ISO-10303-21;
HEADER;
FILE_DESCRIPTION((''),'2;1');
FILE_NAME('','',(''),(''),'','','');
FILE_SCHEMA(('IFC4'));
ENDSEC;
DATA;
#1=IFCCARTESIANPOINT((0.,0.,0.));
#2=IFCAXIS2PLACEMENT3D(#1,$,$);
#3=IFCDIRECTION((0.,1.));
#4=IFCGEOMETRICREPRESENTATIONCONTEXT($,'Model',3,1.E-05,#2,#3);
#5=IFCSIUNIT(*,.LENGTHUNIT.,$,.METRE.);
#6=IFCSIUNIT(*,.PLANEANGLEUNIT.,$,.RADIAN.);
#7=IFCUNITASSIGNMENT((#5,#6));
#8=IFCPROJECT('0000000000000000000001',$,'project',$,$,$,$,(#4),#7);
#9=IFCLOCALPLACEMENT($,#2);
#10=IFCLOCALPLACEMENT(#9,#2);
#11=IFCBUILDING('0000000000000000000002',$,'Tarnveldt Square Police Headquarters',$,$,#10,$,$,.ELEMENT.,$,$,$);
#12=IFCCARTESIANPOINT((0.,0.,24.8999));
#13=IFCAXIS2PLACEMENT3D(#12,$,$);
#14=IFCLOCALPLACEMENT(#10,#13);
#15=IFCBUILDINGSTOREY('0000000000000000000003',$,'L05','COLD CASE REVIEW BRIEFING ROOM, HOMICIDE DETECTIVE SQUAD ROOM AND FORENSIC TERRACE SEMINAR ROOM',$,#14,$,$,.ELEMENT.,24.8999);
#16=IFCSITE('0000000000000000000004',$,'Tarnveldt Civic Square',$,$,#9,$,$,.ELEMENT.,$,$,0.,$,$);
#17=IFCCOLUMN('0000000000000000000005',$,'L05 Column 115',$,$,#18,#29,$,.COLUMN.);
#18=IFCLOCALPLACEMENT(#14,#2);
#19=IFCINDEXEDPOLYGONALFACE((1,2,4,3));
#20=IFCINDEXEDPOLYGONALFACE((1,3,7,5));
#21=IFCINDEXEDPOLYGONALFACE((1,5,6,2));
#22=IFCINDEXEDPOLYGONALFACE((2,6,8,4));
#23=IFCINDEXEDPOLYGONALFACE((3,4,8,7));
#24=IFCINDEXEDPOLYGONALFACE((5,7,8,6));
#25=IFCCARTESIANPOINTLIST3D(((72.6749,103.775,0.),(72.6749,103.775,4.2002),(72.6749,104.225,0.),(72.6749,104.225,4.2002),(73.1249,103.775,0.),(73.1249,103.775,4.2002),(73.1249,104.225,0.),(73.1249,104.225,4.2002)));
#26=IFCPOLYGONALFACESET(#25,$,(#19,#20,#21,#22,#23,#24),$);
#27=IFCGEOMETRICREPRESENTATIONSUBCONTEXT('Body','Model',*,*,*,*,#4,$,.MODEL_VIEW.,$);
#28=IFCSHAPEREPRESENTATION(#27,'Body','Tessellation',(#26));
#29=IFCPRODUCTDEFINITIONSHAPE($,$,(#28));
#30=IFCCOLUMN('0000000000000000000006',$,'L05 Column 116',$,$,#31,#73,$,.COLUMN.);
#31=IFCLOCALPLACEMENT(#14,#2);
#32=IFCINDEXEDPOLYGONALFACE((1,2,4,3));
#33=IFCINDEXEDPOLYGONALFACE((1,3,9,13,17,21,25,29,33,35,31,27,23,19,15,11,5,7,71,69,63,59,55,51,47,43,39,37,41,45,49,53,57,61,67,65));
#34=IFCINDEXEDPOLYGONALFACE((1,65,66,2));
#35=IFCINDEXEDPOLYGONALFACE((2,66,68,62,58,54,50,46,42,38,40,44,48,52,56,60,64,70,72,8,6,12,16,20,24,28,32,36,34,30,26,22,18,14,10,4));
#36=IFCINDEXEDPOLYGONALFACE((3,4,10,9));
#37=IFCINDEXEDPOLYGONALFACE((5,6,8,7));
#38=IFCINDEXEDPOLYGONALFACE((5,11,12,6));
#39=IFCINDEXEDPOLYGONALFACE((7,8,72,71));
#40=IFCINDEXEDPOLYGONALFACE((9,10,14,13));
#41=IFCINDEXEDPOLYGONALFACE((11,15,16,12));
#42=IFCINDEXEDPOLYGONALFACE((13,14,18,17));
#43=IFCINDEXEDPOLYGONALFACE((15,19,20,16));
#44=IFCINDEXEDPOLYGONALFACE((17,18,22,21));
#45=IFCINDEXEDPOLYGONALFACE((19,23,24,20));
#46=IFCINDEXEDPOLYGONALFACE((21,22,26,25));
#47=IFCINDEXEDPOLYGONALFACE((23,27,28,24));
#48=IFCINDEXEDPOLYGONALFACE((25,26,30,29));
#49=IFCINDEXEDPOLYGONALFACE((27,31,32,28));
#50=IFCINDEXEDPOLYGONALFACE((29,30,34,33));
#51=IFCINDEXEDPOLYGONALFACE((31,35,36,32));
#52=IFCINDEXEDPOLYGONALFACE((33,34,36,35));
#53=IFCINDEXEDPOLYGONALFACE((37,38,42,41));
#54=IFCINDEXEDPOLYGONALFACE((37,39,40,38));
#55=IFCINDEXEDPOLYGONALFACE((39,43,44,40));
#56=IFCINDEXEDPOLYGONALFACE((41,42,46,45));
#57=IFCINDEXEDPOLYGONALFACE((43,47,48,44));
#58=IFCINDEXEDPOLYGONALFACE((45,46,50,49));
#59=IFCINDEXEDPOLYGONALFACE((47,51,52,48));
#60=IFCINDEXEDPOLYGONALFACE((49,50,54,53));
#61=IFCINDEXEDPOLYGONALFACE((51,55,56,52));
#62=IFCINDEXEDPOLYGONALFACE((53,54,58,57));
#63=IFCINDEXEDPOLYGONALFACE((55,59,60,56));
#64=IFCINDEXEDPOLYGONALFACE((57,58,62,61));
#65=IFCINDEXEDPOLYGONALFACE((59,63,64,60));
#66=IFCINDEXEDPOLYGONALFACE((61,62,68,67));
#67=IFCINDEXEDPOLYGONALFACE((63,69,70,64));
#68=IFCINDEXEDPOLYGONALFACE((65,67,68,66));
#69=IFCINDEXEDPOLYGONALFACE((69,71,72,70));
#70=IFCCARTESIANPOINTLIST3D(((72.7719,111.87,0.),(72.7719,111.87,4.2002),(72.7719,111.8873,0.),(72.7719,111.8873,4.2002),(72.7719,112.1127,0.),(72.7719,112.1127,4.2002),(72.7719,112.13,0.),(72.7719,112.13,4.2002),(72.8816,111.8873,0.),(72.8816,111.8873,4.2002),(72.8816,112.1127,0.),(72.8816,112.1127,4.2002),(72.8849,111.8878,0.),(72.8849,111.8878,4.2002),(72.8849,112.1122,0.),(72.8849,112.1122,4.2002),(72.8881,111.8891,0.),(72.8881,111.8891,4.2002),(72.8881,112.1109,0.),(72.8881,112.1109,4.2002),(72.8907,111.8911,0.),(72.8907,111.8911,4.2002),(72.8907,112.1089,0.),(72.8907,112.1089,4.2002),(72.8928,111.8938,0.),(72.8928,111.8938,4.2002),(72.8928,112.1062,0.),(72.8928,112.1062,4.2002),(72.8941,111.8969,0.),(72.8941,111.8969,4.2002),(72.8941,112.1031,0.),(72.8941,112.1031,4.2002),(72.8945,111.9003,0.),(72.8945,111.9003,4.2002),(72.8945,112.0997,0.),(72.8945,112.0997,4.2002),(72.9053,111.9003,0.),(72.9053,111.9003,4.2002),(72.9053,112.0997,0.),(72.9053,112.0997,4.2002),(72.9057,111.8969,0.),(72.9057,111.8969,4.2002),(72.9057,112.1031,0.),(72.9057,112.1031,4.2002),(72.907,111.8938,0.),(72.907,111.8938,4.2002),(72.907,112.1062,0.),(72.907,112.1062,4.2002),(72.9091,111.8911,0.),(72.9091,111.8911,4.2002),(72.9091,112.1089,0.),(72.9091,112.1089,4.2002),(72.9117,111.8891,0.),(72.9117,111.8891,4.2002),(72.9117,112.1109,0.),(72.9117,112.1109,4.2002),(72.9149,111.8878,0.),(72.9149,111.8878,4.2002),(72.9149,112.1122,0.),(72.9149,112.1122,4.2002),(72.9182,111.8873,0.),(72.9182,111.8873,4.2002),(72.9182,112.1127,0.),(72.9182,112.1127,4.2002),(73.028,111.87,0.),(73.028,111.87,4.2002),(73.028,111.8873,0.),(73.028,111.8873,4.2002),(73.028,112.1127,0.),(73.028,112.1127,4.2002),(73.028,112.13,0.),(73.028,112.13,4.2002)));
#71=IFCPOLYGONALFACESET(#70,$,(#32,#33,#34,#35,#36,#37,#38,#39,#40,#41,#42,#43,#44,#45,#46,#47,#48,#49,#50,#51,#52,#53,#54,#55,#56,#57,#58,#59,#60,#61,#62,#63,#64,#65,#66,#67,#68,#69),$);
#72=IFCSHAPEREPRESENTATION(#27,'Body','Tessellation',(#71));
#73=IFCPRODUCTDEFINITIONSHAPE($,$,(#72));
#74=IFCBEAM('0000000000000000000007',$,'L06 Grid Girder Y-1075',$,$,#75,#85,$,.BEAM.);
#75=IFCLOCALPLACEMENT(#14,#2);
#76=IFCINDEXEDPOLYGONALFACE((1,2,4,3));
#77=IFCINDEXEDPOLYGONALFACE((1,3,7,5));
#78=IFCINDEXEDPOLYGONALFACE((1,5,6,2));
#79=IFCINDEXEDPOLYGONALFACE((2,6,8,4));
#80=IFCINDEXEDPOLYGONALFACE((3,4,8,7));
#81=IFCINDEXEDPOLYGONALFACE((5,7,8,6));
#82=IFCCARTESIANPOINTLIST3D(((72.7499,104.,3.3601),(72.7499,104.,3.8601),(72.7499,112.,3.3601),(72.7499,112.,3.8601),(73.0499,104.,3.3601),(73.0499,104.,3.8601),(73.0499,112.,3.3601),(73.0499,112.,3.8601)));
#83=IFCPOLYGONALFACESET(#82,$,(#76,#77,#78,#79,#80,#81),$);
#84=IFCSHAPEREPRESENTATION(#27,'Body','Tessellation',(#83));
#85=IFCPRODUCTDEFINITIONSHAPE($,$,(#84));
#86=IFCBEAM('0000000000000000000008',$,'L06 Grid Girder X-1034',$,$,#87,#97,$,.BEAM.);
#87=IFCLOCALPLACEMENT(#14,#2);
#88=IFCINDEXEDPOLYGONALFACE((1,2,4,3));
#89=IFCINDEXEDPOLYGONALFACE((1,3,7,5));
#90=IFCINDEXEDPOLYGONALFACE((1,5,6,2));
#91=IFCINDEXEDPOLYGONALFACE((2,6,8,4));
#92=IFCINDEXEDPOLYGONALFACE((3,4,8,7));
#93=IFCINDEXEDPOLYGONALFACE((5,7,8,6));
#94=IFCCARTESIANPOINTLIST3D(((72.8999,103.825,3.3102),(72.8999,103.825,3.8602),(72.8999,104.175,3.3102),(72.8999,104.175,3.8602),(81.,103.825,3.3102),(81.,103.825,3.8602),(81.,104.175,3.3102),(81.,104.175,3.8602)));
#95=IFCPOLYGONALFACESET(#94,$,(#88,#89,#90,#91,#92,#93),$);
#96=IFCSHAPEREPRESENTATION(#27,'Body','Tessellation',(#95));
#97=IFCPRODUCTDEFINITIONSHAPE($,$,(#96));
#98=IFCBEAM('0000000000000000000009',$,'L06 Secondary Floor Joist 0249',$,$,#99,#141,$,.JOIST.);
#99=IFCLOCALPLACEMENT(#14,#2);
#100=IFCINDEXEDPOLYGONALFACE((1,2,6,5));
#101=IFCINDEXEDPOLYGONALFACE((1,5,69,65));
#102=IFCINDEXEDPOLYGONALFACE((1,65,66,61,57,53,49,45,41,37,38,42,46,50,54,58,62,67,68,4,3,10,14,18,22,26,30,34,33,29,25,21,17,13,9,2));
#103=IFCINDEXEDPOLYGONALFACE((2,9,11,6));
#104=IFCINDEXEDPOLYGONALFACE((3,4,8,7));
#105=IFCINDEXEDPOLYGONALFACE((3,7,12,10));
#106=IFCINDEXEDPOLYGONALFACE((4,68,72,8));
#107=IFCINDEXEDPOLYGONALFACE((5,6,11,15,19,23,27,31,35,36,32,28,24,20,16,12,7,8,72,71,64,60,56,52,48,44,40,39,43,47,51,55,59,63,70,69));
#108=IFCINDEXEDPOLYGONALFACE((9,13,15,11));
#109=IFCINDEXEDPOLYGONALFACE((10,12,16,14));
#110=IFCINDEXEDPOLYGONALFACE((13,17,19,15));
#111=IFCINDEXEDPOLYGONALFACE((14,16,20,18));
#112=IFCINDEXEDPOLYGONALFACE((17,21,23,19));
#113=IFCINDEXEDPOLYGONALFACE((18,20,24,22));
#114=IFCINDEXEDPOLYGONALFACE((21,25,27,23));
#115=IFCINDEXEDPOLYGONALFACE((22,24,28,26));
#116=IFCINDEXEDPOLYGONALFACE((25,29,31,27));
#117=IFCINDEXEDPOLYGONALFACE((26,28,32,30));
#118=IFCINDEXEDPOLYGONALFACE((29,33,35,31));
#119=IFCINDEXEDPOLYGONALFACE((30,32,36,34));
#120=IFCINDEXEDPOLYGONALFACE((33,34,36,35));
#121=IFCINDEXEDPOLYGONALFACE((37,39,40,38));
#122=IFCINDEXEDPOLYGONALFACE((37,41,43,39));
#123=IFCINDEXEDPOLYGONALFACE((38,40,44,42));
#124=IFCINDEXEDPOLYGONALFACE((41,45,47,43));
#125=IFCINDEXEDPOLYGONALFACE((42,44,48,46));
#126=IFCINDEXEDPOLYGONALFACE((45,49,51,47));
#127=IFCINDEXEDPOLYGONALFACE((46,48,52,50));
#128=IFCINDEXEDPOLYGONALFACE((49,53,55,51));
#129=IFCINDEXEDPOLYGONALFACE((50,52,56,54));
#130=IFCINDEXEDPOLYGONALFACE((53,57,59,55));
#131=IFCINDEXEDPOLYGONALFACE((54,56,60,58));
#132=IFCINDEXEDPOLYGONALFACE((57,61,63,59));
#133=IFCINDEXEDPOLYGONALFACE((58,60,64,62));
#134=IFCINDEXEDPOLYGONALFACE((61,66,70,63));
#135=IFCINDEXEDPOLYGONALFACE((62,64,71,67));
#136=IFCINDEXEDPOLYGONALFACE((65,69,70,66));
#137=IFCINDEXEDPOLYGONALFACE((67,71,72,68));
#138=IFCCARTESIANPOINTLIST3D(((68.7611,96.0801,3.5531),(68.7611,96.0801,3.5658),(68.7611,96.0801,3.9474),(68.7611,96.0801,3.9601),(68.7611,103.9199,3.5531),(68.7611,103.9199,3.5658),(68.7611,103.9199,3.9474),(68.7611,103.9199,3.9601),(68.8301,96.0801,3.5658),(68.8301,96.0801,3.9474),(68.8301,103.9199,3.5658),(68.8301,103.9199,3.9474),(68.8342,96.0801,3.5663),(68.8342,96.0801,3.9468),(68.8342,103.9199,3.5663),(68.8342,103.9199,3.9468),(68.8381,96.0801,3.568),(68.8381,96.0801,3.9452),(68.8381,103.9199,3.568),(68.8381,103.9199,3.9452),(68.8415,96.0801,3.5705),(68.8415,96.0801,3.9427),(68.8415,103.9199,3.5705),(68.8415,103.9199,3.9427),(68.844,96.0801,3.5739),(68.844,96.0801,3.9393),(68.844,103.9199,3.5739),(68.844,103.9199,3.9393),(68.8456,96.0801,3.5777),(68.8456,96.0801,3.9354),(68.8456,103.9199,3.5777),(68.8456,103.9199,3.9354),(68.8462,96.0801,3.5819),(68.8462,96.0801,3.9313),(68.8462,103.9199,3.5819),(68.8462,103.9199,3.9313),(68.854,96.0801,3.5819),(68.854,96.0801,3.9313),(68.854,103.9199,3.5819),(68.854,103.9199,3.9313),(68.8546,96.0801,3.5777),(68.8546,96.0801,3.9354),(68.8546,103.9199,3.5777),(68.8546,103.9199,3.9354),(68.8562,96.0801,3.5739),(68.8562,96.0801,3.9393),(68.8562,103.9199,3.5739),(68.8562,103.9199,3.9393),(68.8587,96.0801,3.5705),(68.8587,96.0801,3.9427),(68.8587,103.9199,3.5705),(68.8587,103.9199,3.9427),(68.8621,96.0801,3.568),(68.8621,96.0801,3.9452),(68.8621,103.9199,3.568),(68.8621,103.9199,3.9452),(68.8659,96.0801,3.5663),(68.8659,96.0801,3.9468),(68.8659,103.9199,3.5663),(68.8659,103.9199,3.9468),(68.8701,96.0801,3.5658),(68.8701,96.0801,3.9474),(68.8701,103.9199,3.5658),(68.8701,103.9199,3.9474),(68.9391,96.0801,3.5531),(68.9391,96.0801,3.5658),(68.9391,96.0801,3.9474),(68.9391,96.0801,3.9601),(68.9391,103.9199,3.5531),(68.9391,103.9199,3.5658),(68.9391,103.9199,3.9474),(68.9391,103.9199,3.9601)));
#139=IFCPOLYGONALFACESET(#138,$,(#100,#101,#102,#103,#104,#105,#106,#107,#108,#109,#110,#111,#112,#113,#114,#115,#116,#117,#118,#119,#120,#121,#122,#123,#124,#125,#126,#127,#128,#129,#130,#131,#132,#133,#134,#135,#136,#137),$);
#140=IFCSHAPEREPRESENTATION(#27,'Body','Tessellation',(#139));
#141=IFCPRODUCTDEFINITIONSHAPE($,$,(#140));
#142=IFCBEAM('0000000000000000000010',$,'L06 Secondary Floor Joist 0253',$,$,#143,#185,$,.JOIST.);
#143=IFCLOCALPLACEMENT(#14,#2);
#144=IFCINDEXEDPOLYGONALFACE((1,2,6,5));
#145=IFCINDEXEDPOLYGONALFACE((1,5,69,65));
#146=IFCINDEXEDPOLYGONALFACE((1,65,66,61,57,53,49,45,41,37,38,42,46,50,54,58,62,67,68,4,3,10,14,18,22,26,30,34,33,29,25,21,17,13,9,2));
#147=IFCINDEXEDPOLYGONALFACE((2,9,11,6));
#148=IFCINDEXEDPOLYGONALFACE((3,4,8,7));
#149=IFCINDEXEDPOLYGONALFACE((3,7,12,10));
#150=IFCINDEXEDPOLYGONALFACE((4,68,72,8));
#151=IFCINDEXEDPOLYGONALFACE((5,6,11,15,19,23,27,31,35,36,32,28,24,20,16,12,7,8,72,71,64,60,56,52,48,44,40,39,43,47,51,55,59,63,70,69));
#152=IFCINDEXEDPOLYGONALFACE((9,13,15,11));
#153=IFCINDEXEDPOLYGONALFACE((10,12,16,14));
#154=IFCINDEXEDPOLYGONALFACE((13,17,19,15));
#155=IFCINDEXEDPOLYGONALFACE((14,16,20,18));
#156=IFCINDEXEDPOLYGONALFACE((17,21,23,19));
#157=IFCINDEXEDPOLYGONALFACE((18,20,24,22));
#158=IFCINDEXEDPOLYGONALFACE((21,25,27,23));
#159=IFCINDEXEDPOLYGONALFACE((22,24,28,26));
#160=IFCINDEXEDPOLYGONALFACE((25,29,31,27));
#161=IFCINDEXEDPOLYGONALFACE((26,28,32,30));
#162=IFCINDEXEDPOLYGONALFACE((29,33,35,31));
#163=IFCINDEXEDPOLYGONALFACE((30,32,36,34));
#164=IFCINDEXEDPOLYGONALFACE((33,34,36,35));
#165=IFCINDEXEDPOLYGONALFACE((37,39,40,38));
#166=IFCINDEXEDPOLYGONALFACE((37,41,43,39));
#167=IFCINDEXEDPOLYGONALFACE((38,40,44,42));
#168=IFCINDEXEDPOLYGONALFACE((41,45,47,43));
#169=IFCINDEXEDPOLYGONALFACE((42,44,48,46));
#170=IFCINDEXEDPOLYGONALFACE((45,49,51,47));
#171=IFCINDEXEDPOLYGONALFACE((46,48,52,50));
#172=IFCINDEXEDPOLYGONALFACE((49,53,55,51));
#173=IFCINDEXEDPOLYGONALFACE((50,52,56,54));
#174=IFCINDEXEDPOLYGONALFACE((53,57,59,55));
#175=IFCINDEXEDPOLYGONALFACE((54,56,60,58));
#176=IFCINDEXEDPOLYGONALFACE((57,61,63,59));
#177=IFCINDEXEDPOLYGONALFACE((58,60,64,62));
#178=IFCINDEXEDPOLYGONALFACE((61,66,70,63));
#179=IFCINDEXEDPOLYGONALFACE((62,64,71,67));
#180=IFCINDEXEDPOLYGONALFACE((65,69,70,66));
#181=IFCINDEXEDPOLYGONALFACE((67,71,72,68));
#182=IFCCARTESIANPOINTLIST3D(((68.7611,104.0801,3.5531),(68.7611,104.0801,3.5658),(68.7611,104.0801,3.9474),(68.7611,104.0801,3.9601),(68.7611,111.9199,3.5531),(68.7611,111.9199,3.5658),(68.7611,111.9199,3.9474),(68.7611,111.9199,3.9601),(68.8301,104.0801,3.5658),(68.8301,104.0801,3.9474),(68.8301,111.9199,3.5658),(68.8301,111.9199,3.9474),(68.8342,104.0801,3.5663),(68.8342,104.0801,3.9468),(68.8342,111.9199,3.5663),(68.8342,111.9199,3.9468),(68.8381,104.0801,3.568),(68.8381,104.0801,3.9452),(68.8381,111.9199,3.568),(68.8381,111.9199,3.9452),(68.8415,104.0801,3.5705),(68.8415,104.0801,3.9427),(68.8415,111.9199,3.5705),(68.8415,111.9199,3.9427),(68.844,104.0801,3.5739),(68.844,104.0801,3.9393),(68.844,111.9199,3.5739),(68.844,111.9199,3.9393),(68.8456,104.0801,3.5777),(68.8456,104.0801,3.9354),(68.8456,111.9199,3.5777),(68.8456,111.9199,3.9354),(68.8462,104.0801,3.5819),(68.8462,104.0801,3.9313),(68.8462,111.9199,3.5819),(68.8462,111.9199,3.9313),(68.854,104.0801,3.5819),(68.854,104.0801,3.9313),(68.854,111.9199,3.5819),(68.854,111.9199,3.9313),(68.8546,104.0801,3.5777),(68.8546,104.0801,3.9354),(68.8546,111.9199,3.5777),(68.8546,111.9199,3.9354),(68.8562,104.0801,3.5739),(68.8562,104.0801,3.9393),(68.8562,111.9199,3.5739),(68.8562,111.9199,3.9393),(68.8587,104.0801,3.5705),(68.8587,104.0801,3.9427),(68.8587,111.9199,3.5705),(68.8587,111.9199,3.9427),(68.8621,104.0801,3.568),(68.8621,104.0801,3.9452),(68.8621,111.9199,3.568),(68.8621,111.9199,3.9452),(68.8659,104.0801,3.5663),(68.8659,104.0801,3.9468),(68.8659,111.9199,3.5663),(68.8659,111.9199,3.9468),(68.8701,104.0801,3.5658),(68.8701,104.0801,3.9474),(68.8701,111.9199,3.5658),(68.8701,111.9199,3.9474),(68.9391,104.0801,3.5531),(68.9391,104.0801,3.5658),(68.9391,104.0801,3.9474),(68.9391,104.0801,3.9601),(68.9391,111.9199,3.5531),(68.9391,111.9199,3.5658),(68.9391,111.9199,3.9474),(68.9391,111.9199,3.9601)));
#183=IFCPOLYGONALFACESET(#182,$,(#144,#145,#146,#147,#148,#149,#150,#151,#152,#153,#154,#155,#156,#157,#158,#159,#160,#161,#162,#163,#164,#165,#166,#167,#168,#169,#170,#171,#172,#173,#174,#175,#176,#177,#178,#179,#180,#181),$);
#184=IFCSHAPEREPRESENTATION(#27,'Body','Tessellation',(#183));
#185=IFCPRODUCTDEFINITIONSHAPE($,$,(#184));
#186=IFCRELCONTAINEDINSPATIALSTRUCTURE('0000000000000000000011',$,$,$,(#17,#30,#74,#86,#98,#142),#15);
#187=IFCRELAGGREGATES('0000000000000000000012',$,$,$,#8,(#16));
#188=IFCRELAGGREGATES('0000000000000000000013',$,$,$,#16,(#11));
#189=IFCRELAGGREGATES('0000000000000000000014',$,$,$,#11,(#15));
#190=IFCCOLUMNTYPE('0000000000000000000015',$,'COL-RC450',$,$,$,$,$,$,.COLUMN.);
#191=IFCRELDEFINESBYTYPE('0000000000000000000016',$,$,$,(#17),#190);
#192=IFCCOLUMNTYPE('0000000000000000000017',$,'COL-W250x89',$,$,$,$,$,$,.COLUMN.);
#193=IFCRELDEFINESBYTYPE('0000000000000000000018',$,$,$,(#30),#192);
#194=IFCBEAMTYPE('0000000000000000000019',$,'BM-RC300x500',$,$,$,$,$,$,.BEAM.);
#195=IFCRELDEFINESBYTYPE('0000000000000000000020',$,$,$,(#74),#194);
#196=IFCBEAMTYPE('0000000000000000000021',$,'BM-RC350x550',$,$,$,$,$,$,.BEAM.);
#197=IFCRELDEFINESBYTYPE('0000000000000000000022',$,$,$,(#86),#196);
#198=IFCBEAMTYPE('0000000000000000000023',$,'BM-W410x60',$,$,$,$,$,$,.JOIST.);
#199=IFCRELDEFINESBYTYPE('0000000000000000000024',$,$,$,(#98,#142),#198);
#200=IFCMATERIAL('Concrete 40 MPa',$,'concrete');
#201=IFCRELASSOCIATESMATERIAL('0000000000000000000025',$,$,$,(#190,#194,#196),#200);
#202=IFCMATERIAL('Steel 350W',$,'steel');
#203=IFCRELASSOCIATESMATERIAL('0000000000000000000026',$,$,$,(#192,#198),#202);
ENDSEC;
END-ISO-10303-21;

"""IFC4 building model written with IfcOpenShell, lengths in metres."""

from ifc_helpers import new_model, si_unit, direction, frame, origin, origin_2d, place, context, subcontext, project, spatial, rectangle, i_section, extrude, material, material_profile, profile_set, type_object, element, save


model = new_model("IFC4")

# Units and contexts
model_context = context("Model", 3, precision=1e-05, world=origin(), true_north=direction((0.0, 1.0)))
body_context = subcontext(model_context, "Body", "Model", "MODEL_VIEW")
ifc_project = project(units=[si_unit("LENGTHUNIT", "METRE"), si_unit("PLANEANGLEUNIT", "RADIAN")], contexts=[model_context])

# Site, building, storey
site_placement = place(None, origin())
site = spatial("IfcSite", under=ifc_project, at=site_placement, Name="Tarnveldt Civic Square", CompositionType="ELEMENT", RefElevation=0.0)
building_placement = place(site_placement, origin())
building = spatial("IfcBuilding", under=site, at=building_placement, Name="Tarnveldt Square Police Headquarters", CompositionType="ELEMENT")
storey_placement = place(building_placement, frame((0.0, 0.0, 24.8999)))
storey = spatial("IfcBuildingStorey", under=building, at=storey_placement, Name="L05", Description="COLD CASE REVIEW BRIEFING ROOM, HOMICIDE DETECTIVE SQUAD ROOM AND FORENSIC TERRACE SEMINAR ROOM", CompositionType="ELEMENT", Elevation=24.8999)

# Columns
ifc_material_1 = material(Name="Concrete 40 MPa", Category="concrete")
ifc_material_profile_1 = material_profile(ifc_material_1, rectangle(XDim=0.45, YDim=0.45, at=origin_2d()), Name="RC-C450x450")
ifc_profile_set_1 = profile_set([ifc_material_profile_1], Name="Concrete 40 MPa")
column_type_1 = type_object("IfcColumnType", Name="COL-RC450", PredefinedType="COLUMN", material=ifc_profile_set_1)
column_1_placement = place(storey_placement, frame((72.8999, 104.0, 0.0), z_axis=(0.0, 0.0, 1.0), x_axis=(1.0, 0.0, 0.0)))
element("IfcColumn", 1, at=column_1_placement, inside=storey, type_object=column_type_1, Name="L05 Column 115", PredefinedType="COLUMN", context=body_context, shape_type="SweptSolid", body=[
    extrude(rectangle(XDim=0.45, YDim=0.45, at=origin_2d()), origin(), (0.0, 0.0, 1.0), 4.2002),
])
ifc_material_2 = material(Name="Steel 350W", Category="steel")
ifc_material_profile_2 = material_profile(ifc_material_2, i_section(OverallWidth=0.2561, OverallDepth=0.26, WebThickness=0.0107, FlangeThickness=0.0173, FilletRadius=0.0129, at=origin_2d()), Name="W250x89")
ifc_profile_set_2 = profile_set([ifc_material_profile_2], Name="Steel 350W")
column_type_2 = type_object("IfcColumnType", Name="COL-W250x89", PredefinedType="COLUMN", material=ifc_profile_set_2)
column_2_placement = place(storey_placement, frame((72.8999, 112.0, 0.0), z_axis=(0.0, 0.0, 1.0), x_axis=(1.0, 0.0, 0.0)))
element("IfcColumn", 2, at=column_2_placement, inside=storey, type_object=column_type_2, Name="L05 Column 116", PredefinedType="COLUMN", context=body_context, shape_type="SweptSolid", body=[
    extrude(i_section(OverallWidth=0.2561, OverallDepth=0.26, WebThickness=0.0107, FlangeThickness=0.0173, FilletRadius=0.0129, at=origin_2d()), origin(), (0.0, 0.0, 1.0), 4.2002),
])

# Beams
ifc_material_profile_3 = material_profile(ifc_material_1, rectangle(XDim=0.3, YDim=0.5, at=origin_2d()), Name="RC-B300x500")
ifc_profile_set_3 = profile_set([ifc_material_profile_3], Name="Concrete 40 MPa")
beam_type_1 = type_object("IfcBeamType", Name="BM-RC300x500", PredefinedType="BEAM", material=ifc_profile_set_3)
beam_1_placement = place(storey_placement, frame((72.8999, 104.0, 3.6101), z_axis=(0.0, 1.0, 0.0), x_axis=(-1.0, 0.0, 0.0)))
element("IfcBeam", 3, at=beam_1_placement, inside=storey, type_object=beam_type_1, Name="L06 Grid Girder Y-1075", PredefinedType="BEAM", context=body_context, shape_type="SweptSolid", body=[
    extrude(rectangle(XDim=0.3, YDim=0.5, at=origin_2d()), origin(), (0.0, 0.0, 1.0), 8.0),
])
ifc_material_profile_4 = material_profile(ifc_material_1, rectangle(XDim=0.3501, YDim=0.55, at=origin_2d()), Name="RC-B350x550")
ifc_profile_set_4 = profile_set([ifc_material_profile_4], Name="Concrete 40 MPa")
beam_type_2 = type_object("IfcBeamType", Name="BM-RC350x550", PredefinedType="BEAM", material=ifc_profile_set_4)
beam_2_placement = place(storey_placement, frame((72.8999, 104.0, 3.5852), z_axis=(1.0, 0.0, 0.0), x_axis=(0.0, 1.0, 0.0)))
element("IfcBeam", 4, at=beam_2_placement, inside=storey, type_object=beam_type_2, Name="L06 Grid Girder X-1034", PredefinedType="BEAM", context=body_context, shape_type="SweptSolid", body=[
    extrude(rectangle(XDim=0.3501, YDim=0.55, at=origin_2d()), origin(), (0.0, 0.0, 1.0), 8.1001),
])
ifc_material_profile_5 = material_profile(ifc_material_2, i_section(OverallWidth=0.178, OverallDepth=0.407, WebThickness=0.0078, FlangeThickness=0.0127, FilletRadius=0.0161, at=origin_2d()), Name="W410x60")
ifc_profile_set_5 = profile_set([ifc_material_profile_5], Name="Steel 350W")
beam_type_3 = type_object("IfcBeamType", Name="BM-W410x60", PredefinedType="JOIST", material=ifc_profile_set_5)
for number, where, z_axis, x_axis, name in (
    (5, (68.8501, 96.0801, 3.7566), (0.0, 1.0, 0.0), (-1.0, 0.0, 0.0), "L06 Secondary Floor Joist 0249"),
    (6, (68.8501, 104.0801, 3.7566), (0.0, 1.0, 0.0), (-1.0, 0.0, 0.0), "L06 Secondary Floor Joist 0253"),
):
    element("IfcBeam", number, at=place(storey_placement, frame(where, z_axis=z_axis, x_axis=x_axis)), inside=storey, type_object=beam_type_3, Name=name, PredefinedType="JOIST", context=body_context, shape_type="SweptSolid", body=[
        extrude(i_section(OverallWidth=0.178, OverallDepth=0.407, WebThickness=0.0078, FlangeThickness=0.0127, FilletRadius=0.0161, at=origin_2d()), origin(), (0.0, 0.0, 1.0), 7.8398),
    ])

save(model, "model.ifc")
